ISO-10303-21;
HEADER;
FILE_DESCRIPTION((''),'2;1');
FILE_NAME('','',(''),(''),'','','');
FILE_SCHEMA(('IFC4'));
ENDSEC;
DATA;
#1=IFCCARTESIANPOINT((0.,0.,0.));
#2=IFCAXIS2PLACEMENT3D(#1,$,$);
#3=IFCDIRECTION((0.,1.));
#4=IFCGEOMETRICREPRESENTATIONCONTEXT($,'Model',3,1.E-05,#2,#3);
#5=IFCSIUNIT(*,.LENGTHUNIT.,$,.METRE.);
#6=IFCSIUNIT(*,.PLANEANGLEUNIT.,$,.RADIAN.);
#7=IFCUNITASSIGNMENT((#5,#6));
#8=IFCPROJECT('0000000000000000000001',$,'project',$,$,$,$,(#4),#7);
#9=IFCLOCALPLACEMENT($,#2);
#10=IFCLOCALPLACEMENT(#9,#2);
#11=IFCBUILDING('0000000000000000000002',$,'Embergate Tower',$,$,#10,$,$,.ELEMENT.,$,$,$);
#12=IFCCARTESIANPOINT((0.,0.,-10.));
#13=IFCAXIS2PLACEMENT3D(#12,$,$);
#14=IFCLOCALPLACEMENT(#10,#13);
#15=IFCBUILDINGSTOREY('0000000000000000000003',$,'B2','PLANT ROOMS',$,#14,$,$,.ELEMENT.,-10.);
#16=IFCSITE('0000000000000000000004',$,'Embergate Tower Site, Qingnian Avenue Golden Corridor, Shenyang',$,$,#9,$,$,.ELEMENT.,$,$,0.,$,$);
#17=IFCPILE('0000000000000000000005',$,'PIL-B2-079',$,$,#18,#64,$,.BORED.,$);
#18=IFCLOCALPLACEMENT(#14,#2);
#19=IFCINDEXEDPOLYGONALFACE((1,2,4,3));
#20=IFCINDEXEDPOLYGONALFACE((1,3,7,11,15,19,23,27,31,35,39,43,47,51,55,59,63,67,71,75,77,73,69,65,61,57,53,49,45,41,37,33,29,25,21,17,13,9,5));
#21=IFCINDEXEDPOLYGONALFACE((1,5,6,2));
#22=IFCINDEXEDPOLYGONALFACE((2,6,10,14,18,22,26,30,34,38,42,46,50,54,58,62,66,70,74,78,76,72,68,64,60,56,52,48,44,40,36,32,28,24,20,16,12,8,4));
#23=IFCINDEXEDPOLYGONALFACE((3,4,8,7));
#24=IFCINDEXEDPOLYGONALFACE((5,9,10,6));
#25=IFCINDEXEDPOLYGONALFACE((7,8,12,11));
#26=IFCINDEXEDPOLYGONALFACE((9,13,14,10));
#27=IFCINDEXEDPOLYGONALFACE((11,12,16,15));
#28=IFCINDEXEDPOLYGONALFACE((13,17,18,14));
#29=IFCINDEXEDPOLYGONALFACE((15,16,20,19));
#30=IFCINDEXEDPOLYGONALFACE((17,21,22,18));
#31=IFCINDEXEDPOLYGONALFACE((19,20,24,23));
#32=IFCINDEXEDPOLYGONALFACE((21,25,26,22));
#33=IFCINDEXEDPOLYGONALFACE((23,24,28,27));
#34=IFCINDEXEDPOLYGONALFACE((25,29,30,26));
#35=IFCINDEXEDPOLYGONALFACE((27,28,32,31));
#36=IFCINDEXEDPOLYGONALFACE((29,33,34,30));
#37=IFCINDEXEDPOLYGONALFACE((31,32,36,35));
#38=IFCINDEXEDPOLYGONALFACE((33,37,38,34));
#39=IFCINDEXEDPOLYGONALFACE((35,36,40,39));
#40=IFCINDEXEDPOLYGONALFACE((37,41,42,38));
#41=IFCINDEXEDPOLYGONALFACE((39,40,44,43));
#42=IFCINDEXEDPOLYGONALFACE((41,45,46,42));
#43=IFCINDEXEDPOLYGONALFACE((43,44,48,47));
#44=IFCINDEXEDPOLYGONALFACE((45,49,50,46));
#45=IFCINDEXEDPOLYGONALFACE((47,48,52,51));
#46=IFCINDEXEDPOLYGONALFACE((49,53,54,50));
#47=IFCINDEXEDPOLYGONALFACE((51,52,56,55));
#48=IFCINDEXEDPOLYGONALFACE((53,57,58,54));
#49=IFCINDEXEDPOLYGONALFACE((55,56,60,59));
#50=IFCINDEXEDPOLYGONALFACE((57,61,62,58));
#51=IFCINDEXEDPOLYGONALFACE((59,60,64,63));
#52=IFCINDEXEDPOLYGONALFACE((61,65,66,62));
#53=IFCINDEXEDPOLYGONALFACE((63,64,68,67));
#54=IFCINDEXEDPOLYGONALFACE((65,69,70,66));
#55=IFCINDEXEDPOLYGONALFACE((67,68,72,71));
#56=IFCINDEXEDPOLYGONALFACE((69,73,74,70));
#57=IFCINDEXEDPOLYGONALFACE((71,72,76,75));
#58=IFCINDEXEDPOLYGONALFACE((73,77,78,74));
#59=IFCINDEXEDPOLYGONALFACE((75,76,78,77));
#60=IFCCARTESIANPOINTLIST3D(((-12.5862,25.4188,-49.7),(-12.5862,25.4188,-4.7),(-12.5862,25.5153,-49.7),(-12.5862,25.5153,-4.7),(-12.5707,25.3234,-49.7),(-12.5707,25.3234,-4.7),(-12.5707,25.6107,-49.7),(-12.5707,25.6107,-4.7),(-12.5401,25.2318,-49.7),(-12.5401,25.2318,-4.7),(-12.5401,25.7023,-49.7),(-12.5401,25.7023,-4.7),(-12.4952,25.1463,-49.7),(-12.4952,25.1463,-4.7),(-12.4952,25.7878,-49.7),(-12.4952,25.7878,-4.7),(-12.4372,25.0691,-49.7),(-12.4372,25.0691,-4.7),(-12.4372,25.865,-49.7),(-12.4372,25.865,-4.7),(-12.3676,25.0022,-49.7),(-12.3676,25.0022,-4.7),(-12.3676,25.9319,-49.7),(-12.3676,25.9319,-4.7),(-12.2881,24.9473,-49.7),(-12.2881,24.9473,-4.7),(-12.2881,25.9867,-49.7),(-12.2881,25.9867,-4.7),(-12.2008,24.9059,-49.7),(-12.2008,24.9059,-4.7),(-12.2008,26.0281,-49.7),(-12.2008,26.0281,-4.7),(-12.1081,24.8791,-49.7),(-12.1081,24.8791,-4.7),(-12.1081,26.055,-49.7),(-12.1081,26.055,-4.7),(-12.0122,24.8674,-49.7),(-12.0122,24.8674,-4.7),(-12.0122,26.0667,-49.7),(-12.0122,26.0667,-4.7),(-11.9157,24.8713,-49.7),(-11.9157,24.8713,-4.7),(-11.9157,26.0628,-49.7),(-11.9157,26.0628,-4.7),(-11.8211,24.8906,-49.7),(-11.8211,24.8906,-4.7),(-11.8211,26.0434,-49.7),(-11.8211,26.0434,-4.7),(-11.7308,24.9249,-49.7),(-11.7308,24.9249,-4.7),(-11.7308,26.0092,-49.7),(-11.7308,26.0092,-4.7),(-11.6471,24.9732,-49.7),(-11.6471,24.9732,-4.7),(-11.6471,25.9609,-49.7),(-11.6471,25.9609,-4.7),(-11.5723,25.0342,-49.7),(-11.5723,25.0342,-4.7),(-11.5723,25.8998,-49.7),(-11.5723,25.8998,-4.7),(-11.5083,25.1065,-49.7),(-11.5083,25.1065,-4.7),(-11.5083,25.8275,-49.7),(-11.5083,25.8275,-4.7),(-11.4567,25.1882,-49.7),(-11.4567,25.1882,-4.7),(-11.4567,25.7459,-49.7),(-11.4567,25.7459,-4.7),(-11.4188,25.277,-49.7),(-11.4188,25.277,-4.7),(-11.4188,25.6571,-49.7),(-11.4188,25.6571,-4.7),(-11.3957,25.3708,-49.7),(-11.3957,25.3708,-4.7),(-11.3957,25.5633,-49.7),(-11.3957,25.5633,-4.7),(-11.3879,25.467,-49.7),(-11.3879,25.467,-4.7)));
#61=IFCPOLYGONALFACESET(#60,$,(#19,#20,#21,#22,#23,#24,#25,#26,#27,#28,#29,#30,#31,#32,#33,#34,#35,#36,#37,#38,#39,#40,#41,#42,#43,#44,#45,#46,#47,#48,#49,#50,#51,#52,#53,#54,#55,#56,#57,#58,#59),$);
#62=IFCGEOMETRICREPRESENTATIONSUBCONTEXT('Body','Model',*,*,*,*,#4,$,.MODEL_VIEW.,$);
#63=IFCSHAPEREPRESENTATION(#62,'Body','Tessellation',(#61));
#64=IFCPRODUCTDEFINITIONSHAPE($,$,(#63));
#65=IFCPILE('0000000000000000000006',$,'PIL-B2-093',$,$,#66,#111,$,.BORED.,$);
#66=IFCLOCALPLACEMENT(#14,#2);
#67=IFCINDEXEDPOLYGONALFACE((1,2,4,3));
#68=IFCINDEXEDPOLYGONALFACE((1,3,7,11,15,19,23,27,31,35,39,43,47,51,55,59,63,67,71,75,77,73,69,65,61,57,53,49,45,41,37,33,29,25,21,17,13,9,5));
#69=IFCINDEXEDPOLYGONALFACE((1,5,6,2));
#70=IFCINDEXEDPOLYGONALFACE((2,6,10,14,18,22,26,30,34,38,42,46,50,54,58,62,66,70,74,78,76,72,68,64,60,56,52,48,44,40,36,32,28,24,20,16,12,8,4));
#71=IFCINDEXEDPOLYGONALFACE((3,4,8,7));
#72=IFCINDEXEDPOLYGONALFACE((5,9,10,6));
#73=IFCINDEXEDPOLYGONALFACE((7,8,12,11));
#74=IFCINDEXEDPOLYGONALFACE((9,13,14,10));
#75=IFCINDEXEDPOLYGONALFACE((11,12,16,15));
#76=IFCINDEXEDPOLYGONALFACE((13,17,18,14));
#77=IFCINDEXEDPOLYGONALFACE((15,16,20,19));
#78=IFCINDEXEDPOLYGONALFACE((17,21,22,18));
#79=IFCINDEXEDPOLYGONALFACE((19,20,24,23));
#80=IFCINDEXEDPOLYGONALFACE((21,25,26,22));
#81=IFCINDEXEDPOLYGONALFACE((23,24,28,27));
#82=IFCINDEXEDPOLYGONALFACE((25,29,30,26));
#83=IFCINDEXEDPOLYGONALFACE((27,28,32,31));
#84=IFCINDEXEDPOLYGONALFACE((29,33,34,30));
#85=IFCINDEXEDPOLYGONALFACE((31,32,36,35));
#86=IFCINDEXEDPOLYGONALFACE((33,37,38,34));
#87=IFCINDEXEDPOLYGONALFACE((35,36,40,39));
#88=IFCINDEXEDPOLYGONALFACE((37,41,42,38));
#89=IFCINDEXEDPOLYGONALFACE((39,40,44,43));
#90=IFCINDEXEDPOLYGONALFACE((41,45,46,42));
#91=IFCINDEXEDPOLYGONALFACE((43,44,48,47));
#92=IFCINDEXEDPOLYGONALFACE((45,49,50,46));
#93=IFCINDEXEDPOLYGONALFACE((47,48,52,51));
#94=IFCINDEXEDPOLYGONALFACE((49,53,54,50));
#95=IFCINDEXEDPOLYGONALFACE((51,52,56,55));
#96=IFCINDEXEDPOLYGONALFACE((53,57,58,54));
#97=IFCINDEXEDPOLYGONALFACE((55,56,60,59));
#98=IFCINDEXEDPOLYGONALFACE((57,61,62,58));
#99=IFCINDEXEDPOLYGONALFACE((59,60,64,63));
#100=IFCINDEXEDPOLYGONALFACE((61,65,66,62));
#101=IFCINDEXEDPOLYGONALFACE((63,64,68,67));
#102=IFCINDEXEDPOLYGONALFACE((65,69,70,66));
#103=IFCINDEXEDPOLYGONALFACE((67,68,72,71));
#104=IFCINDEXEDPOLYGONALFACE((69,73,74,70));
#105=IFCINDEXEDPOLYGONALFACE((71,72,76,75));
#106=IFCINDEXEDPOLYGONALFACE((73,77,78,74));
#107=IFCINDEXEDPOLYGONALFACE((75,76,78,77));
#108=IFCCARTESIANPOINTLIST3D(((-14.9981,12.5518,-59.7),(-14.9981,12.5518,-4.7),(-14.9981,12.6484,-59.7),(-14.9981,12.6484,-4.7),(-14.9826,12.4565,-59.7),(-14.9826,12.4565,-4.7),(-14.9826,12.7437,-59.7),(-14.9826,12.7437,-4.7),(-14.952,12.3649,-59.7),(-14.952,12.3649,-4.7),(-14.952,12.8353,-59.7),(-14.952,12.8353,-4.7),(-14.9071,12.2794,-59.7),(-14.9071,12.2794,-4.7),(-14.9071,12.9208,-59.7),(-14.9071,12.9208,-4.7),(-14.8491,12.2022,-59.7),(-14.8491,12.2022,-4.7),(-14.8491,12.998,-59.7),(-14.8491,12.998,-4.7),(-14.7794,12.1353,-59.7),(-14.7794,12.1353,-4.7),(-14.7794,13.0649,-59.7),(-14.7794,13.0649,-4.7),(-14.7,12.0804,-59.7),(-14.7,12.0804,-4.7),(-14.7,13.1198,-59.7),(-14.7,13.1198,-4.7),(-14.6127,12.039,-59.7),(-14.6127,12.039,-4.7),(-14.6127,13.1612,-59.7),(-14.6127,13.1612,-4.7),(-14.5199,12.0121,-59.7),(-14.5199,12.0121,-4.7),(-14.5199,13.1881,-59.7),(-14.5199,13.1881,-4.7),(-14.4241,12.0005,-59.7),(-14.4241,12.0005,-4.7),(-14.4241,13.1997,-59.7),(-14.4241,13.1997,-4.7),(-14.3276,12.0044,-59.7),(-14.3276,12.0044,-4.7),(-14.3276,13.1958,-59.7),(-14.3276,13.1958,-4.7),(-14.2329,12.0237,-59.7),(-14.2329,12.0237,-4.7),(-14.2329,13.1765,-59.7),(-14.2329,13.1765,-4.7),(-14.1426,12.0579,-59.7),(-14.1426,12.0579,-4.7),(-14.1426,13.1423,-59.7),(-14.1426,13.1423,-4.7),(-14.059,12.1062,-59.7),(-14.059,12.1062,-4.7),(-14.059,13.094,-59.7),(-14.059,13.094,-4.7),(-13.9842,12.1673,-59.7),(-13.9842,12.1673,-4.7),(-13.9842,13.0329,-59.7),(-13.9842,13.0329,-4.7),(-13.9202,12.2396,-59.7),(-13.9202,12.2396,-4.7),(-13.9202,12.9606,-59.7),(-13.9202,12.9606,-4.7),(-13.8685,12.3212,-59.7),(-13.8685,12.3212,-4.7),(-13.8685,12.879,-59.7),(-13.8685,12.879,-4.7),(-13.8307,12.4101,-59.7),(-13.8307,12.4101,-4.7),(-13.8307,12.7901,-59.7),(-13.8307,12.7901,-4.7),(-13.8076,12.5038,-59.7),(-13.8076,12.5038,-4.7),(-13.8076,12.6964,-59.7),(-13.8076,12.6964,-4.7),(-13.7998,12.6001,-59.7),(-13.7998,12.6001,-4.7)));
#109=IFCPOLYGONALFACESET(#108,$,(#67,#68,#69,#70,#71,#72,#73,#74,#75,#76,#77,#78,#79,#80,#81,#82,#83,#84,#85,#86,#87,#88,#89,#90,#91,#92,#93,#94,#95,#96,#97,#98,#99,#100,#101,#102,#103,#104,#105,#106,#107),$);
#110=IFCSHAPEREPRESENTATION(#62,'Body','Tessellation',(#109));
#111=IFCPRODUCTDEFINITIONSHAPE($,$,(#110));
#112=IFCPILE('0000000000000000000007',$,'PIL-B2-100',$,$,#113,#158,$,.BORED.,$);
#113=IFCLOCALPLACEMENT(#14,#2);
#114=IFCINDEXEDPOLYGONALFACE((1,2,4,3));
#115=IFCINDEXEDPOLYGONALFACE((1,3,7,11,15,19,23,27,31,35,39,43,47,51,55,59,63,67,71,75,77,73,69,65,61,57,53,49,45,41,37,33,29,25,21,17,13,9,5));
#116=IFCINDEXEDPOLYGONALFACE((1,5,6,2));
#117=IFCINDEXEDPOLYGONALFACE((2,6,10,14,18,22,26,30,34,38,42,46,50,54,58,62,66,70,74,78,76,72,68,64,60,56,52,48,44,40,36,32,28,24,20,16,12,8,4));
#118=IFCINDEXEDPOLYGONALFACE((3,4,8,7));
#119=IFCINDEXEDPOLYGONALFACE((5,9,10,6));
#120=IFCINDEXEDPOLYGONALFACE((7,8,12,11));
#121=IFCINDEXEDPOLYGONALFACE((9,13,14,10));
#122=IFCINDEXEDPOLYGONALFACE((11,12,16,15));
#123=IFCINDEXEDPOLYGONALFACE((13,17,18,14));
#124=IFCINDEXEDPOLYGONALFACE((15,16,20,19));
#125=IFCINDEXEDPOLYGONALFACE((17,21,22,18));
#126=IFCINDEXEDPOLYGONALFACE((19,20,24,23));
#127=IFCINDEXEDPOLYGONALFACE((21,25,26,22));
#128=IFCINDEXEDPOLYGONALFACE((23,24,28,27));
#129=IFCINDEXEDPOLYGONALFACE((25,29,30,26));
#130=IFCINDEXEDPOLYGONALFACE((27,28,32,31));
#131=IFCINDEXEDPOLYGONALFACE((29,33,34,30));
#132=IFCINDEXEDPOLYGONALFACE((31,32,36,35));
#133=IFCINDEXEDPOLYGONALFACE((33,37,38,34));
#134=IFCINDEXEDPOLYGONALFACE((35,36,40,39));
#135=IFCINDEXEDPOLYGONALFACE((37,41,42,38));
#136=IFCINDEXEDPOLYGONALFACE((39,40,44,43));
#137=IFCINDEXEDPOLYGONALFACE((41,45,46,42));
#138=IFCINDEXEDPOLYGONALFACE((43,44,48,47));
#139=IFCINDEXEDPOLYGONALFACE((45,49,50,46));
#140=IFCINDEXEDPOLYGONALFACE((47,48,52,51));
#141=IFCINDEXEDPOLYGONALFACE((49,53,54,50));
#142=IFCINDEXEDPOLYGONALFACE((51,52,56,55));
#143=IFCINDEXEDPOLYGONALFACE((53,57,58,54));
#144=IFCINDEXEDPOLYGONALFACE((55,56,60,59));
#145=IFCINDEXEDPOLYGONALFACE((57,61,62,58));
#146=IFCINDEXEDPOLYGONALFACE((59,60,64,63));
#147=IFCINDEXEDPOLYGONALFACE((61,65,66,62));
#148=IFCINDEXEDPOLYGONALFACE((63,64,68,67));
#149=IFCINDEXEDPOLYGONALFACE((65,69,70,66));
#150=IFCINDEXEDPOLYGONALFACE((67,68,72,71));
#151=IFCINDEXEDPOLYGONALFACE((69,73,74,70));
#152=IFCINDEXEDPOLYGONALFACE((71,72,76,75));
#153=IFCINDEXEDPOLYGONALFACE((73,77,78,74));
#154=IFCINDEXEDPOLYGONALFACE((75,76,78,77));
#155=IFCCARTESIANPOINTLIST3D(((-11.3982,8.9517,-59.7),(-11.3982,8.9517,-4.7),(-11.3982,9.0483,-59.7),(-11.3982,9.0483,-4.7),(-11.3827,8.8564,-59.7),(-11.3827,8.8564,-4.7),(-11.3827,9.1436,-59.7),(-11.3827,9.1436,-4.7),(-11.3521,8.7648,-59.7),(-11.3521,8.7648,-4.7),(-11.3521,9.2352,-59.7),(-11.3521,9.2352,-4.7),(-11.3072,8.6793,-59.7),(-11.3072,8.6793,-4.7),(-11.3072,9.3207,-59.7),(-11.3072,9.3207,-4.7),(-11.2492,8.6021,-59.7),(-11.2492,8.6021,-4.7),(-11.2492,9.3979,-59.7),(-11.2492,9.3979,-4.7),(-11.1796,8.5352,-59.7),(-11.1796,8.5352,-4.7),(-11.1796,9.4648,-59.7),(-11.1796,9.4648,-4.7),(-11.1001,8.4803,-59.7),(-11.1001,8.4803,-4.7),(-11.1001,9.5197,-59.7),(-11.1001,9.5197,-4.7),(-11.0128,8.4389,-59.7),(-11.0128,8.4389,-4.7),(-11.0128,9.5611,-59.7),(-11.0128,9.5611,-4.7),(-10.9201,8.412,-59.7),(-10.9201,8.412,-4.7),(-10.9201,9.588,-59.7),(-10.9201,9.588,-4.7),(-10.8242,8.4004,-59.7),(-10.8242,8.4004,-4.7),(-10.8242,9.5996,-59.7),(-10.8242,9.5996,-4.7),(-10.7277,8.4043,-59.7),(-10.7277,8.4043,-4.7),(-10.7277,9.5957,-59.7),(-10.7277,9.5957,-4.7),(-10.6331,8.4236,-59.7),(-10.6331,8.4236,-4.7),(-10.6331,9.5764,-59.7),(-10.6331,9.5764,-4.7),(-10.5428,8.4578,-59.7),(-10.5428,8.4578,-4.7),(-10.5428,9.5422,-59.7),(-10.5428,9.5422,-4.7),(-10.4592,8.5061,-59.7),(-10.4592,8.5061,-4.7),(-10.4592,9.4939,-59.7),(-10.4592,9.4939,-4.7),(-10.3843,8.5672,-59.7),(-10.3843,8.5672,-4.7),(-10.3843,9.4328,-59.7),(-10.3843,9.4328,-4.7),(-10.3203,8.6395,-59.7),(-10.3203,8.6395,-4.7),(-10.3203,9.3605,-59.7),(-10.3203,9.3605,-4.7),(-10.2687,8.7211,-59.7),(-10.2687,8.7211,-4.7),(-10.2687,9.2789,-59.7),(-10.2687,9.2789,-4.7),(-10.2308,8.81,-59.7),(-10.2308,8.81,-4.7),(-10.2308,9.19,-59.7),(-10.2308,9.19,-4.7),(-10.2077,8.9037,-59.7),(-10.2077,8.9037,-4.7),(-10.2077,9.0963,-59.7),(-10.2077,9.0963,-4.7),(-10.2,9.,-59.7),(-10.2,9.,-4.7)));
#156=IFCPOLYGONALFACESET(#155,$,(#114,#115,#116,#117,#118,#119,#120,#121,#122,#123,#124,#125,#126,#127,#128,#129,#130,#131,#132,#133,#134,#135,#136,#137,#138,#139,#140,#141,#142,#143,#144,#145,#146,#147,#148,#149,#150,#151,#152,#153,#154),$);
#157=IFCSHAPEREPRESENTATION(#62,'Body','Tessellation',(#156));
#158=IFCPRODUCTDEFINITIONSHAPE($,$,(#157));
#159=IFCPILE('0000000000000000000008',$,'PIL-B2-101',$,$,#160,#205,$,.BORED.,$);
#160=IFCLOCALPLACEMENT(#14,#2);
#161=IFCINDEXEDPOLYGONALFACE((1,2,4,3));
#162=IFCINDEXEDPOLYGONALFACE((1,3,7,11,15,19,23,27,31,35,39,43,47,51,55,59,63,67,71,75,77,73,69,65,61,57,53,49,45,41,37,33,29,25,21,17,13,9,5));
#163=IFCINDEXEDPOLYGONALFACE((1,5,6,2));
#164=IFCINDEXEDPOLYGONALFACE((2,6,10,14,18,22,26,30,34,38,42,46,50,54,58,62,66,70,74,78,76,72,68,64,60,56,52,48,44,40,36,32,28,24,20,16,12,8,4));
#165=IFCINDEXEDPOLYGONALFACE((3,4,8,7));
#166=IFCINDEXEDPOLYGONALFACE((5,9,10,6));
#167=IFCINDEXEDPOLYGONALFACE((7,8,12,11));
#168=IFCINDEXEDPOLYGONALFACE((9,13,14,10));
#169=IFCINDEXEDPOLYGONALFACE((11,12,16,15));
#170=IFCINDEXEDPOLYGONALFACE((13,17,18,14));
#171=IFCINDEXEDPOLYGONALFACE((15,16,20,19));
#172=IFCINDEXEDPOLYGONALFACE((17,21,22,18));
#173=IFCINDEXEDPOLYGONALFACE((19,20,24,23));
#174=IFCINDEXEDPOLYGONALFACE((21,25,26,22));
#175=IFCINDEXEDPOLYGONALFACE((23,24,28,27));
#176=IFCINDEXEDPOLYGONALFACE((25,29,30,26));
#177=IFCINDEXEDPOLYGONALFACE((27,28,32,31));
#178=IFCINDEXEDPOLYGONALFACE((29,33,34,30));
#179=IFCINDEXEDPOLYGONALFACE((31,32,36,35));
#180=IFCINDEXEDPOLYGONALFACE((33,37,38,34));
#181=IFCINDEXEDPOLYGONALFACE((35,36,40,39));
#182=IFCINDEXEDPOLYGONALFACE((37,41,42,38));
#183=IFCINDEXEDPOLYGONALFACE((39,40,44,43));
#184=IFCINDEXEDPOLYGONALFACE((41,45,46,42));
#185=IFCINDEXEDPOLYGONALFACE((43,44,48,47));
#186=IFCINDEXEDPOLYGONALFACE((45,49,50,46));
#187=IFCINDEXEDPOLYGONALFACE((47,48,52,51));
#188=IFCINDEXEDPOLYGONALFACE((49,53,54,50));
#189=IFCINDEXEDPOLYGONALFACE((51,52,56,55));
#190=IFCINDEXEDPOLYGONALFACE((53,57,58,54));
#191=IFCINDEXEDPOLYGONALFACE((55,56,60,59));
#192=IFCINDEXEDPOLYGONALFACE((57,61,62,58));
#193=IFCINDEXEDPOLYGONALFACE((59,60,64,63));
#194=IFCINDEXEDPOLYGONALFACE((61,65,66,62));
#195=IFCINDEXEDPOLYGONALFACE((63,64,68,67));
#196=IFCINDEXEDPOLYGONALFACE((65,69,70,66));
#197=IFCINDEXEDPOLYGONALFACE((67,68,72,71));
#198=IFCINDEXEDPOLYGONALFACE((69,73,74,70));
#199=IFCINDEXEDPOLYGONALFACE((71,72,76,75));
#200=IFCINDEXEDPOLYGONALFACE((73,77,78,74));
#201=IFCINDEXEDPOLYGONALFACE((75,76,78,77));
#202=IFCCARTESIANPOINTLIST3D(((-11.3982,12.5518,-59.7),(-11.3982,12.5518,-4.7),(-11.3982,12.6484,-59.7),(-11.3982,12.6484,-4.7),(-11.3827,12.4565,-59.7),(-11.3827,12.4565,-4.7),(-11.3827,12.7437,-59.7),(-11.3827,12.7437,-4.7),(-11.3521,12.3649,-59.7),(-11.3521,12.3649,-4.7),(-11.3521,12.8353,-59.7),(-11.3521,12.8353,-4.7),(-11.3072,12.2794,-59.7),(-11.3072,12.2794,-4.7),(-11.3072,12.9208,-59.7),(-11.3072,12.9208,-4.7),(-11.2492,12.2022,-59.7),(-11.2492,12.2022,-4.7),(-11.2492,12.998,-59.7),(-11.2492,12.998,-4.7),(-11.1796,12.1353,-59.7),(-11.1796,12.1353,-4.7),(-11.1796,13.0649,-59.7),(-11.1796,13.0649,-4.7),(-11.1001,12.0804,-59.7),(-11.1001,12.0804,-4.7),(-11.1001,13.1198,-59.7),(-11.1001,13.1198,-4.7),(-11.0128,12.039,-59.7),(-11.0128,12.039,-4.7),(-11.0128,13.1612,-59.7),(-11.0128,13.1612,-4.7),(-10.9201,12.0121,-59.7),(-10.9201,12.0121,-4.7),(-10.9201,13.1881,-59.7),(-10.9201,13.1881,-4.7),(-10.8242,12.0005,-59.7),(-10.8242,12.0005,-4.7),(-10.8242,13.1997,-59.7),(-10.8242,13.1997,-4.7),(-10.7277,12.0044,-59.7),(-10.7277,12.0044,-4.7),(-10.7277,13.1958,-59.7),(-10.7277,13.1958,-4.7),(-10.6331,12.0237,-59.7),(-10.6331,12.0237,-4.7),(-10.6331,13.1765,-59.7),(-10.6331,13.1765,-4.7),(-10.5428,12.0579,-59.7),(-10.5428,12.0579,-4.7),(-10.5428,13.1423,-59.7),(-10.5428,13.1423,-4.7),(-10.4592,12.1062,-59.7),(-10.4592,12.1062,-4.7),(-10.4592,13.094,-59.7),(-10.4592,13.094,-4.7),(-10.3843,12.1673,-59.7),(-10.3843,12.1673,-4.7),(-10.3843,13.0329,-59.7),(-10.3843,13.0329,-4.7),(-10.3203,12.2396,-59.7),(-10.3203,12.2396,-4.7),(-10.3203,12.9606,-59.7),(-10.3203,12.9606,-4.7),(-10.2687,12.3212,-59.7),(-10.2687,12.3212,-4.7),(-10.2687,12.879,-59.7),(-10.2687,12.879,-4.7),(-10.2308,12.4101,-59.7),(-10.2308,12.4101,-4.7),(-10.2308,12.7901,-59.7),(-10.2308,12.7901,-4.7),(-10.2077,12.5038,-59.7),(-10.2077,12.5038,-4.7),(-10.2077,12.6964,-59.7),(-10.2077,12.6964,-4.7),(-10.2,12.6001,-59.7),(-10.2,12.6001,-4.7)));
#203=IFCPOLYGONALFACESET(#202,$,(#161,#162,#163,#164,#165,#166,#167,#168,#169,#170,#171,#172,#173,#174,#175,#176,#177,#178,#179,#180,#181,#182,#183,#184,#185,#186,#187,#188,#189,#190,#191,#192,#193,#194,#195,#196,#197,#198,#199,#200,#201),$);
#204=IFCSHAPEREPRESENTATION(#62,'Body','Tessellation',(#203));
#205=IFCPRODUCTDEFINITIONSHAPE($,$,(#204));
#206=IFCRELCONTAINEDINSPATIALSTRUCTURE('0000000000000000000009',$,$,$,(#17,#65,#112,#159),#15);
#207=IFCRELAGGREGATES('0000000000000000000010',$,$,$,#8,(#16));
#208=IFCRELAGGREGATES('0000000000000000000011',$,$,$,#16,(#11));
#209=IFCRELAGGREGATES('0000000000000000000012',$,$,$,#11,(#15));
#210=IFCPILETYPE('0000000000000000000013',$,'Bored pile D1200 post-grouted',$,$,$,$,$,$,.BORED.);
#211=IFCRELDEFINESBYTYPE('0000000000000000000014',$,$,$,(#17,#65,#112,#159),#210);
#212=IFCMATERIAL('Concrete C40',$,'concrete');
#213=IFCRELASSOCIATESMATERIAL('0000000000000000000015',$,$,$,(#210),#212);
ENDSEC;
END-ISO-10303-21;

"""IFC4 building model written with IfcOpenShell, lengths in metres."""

from ifc_helpers import new_model, si_unit, direction, frame, origin, origin_2d, place, context, subcontext, project, spatial, circle, extrude, source, transform, mapped, material, material_profile, profile_set, type_object, element, save


model = new_model("IFC4")

# Units and contexts
model_context = context("Model", 3, precision=1e-05, world=origin(), true_north=direction((0.0, 1.0)))
body_context = subcontext(model_context, "Body", "Model", "MODEL_VIEW")
ifc_project = project(units=[si_unit("LENGTHUNIT", "METRE"), si_unit("PLANEANGLEUNIT", "RADIAN")], contexts=[model_context])

# Site, building, storey
site_placement = place(None, origin())
site = spatial("IfcSite", under=ifc_project, at=site_placement, Name="Embergate Tower Site, Qingnian Avenue Golden Corridor, Shenyang", CompositionType="ELEMENT", RefElevation=0.0)
building_placement = place(site_placement, origin())
building = spatial("IfcBuilding", under=site, at=building_placement, Name="Embergate Tower", CompositionType="ELEMENT")
storey_placement = place(building_placement, frame((0.0, 0.0, -10.0)))
storey = spatial("IfcBuildingStorey", under=building, at=storey_placement, Name="B2", Description="PLANT ROOMS", CompositionType="ELEMENT", Elevation=-10.0)

# Piles
ifc_material_1 = material(Name="Concrete C40", Category="concrete")
ifc_material_profile = material_profile(ifc_material_1, circle(Radius=0.6001, at=origin_2d()), Name="D1200")
ifc_profile_set = profile_set([ifc_material_profile], Name="Concrete C40")
pile_type = type_object("IfcPileType", Name="Bored pile D1200 post-grouted", PredefinedType="BORED", material=ifc_profile_set)
shared_shape_1 = source(origin(), body_context, "Body", "SweptSolid", [
    extrude(circle(Radius=0.6001, at=origin_2d()), origin(), (0.0, 0.0, 1.0), 45.0),
])
pile_placement = place(storey_placement, frame((-11.988, 25.467, -4.7), z_axis=(0.0, 0.0, -1.0), x_axis=(1.0, 0.0, 0.0)))
element("IfcPile", 1, at=pile_placement, inside=storey, type_object=pile_type, Name="PIL-B2-079", PredefinedType="BORED", context=body_context, shape_type="MappedRepresentation", body=[
    mapped(shared_shape_1, transform((0.0, 0.0, 0.0))),
])
shared_shape_2 = source(origin(), body_context, "Body", "SweptSolid", [
    extrude(circle(Radius=0.6001, at=origin_2d()), origin(), (0.0, 0.0, 1.0), 55.0),
])
for number, where, z_axis, x_axis, name in (
    (2, (-14.3999, 12.6001, -4.7), (0.0, 0.0, -1.0), (1.0, 0.0, 0.0), "PIL-B2-093"),
    (3, (-10.8, 9.0, -4.7), (0.0, 0.0, -1.0), (1.0, 0.0, 0.0), "PIL-B2-100"),
    (4, (-10.8, 12.6001, -4.7), (0.0, 0.0, -1.0), (1.0, 0.0, 0.0), "PIL-B2-101"),
):
    element("IfcPile", number, at=place(storey_placement, frame(where, z_axis=z_axis, x_axis=x_axis)), inside=storey, type_object=pile_type, Name=name, PredefinedType="BORED", context=body_context, shape_type="MappedRepresentation", body=[
        mapped(shared_shape_2, transform((0.0, 0.0, 0.0))),
    ])

save(model, "model.ifc")
